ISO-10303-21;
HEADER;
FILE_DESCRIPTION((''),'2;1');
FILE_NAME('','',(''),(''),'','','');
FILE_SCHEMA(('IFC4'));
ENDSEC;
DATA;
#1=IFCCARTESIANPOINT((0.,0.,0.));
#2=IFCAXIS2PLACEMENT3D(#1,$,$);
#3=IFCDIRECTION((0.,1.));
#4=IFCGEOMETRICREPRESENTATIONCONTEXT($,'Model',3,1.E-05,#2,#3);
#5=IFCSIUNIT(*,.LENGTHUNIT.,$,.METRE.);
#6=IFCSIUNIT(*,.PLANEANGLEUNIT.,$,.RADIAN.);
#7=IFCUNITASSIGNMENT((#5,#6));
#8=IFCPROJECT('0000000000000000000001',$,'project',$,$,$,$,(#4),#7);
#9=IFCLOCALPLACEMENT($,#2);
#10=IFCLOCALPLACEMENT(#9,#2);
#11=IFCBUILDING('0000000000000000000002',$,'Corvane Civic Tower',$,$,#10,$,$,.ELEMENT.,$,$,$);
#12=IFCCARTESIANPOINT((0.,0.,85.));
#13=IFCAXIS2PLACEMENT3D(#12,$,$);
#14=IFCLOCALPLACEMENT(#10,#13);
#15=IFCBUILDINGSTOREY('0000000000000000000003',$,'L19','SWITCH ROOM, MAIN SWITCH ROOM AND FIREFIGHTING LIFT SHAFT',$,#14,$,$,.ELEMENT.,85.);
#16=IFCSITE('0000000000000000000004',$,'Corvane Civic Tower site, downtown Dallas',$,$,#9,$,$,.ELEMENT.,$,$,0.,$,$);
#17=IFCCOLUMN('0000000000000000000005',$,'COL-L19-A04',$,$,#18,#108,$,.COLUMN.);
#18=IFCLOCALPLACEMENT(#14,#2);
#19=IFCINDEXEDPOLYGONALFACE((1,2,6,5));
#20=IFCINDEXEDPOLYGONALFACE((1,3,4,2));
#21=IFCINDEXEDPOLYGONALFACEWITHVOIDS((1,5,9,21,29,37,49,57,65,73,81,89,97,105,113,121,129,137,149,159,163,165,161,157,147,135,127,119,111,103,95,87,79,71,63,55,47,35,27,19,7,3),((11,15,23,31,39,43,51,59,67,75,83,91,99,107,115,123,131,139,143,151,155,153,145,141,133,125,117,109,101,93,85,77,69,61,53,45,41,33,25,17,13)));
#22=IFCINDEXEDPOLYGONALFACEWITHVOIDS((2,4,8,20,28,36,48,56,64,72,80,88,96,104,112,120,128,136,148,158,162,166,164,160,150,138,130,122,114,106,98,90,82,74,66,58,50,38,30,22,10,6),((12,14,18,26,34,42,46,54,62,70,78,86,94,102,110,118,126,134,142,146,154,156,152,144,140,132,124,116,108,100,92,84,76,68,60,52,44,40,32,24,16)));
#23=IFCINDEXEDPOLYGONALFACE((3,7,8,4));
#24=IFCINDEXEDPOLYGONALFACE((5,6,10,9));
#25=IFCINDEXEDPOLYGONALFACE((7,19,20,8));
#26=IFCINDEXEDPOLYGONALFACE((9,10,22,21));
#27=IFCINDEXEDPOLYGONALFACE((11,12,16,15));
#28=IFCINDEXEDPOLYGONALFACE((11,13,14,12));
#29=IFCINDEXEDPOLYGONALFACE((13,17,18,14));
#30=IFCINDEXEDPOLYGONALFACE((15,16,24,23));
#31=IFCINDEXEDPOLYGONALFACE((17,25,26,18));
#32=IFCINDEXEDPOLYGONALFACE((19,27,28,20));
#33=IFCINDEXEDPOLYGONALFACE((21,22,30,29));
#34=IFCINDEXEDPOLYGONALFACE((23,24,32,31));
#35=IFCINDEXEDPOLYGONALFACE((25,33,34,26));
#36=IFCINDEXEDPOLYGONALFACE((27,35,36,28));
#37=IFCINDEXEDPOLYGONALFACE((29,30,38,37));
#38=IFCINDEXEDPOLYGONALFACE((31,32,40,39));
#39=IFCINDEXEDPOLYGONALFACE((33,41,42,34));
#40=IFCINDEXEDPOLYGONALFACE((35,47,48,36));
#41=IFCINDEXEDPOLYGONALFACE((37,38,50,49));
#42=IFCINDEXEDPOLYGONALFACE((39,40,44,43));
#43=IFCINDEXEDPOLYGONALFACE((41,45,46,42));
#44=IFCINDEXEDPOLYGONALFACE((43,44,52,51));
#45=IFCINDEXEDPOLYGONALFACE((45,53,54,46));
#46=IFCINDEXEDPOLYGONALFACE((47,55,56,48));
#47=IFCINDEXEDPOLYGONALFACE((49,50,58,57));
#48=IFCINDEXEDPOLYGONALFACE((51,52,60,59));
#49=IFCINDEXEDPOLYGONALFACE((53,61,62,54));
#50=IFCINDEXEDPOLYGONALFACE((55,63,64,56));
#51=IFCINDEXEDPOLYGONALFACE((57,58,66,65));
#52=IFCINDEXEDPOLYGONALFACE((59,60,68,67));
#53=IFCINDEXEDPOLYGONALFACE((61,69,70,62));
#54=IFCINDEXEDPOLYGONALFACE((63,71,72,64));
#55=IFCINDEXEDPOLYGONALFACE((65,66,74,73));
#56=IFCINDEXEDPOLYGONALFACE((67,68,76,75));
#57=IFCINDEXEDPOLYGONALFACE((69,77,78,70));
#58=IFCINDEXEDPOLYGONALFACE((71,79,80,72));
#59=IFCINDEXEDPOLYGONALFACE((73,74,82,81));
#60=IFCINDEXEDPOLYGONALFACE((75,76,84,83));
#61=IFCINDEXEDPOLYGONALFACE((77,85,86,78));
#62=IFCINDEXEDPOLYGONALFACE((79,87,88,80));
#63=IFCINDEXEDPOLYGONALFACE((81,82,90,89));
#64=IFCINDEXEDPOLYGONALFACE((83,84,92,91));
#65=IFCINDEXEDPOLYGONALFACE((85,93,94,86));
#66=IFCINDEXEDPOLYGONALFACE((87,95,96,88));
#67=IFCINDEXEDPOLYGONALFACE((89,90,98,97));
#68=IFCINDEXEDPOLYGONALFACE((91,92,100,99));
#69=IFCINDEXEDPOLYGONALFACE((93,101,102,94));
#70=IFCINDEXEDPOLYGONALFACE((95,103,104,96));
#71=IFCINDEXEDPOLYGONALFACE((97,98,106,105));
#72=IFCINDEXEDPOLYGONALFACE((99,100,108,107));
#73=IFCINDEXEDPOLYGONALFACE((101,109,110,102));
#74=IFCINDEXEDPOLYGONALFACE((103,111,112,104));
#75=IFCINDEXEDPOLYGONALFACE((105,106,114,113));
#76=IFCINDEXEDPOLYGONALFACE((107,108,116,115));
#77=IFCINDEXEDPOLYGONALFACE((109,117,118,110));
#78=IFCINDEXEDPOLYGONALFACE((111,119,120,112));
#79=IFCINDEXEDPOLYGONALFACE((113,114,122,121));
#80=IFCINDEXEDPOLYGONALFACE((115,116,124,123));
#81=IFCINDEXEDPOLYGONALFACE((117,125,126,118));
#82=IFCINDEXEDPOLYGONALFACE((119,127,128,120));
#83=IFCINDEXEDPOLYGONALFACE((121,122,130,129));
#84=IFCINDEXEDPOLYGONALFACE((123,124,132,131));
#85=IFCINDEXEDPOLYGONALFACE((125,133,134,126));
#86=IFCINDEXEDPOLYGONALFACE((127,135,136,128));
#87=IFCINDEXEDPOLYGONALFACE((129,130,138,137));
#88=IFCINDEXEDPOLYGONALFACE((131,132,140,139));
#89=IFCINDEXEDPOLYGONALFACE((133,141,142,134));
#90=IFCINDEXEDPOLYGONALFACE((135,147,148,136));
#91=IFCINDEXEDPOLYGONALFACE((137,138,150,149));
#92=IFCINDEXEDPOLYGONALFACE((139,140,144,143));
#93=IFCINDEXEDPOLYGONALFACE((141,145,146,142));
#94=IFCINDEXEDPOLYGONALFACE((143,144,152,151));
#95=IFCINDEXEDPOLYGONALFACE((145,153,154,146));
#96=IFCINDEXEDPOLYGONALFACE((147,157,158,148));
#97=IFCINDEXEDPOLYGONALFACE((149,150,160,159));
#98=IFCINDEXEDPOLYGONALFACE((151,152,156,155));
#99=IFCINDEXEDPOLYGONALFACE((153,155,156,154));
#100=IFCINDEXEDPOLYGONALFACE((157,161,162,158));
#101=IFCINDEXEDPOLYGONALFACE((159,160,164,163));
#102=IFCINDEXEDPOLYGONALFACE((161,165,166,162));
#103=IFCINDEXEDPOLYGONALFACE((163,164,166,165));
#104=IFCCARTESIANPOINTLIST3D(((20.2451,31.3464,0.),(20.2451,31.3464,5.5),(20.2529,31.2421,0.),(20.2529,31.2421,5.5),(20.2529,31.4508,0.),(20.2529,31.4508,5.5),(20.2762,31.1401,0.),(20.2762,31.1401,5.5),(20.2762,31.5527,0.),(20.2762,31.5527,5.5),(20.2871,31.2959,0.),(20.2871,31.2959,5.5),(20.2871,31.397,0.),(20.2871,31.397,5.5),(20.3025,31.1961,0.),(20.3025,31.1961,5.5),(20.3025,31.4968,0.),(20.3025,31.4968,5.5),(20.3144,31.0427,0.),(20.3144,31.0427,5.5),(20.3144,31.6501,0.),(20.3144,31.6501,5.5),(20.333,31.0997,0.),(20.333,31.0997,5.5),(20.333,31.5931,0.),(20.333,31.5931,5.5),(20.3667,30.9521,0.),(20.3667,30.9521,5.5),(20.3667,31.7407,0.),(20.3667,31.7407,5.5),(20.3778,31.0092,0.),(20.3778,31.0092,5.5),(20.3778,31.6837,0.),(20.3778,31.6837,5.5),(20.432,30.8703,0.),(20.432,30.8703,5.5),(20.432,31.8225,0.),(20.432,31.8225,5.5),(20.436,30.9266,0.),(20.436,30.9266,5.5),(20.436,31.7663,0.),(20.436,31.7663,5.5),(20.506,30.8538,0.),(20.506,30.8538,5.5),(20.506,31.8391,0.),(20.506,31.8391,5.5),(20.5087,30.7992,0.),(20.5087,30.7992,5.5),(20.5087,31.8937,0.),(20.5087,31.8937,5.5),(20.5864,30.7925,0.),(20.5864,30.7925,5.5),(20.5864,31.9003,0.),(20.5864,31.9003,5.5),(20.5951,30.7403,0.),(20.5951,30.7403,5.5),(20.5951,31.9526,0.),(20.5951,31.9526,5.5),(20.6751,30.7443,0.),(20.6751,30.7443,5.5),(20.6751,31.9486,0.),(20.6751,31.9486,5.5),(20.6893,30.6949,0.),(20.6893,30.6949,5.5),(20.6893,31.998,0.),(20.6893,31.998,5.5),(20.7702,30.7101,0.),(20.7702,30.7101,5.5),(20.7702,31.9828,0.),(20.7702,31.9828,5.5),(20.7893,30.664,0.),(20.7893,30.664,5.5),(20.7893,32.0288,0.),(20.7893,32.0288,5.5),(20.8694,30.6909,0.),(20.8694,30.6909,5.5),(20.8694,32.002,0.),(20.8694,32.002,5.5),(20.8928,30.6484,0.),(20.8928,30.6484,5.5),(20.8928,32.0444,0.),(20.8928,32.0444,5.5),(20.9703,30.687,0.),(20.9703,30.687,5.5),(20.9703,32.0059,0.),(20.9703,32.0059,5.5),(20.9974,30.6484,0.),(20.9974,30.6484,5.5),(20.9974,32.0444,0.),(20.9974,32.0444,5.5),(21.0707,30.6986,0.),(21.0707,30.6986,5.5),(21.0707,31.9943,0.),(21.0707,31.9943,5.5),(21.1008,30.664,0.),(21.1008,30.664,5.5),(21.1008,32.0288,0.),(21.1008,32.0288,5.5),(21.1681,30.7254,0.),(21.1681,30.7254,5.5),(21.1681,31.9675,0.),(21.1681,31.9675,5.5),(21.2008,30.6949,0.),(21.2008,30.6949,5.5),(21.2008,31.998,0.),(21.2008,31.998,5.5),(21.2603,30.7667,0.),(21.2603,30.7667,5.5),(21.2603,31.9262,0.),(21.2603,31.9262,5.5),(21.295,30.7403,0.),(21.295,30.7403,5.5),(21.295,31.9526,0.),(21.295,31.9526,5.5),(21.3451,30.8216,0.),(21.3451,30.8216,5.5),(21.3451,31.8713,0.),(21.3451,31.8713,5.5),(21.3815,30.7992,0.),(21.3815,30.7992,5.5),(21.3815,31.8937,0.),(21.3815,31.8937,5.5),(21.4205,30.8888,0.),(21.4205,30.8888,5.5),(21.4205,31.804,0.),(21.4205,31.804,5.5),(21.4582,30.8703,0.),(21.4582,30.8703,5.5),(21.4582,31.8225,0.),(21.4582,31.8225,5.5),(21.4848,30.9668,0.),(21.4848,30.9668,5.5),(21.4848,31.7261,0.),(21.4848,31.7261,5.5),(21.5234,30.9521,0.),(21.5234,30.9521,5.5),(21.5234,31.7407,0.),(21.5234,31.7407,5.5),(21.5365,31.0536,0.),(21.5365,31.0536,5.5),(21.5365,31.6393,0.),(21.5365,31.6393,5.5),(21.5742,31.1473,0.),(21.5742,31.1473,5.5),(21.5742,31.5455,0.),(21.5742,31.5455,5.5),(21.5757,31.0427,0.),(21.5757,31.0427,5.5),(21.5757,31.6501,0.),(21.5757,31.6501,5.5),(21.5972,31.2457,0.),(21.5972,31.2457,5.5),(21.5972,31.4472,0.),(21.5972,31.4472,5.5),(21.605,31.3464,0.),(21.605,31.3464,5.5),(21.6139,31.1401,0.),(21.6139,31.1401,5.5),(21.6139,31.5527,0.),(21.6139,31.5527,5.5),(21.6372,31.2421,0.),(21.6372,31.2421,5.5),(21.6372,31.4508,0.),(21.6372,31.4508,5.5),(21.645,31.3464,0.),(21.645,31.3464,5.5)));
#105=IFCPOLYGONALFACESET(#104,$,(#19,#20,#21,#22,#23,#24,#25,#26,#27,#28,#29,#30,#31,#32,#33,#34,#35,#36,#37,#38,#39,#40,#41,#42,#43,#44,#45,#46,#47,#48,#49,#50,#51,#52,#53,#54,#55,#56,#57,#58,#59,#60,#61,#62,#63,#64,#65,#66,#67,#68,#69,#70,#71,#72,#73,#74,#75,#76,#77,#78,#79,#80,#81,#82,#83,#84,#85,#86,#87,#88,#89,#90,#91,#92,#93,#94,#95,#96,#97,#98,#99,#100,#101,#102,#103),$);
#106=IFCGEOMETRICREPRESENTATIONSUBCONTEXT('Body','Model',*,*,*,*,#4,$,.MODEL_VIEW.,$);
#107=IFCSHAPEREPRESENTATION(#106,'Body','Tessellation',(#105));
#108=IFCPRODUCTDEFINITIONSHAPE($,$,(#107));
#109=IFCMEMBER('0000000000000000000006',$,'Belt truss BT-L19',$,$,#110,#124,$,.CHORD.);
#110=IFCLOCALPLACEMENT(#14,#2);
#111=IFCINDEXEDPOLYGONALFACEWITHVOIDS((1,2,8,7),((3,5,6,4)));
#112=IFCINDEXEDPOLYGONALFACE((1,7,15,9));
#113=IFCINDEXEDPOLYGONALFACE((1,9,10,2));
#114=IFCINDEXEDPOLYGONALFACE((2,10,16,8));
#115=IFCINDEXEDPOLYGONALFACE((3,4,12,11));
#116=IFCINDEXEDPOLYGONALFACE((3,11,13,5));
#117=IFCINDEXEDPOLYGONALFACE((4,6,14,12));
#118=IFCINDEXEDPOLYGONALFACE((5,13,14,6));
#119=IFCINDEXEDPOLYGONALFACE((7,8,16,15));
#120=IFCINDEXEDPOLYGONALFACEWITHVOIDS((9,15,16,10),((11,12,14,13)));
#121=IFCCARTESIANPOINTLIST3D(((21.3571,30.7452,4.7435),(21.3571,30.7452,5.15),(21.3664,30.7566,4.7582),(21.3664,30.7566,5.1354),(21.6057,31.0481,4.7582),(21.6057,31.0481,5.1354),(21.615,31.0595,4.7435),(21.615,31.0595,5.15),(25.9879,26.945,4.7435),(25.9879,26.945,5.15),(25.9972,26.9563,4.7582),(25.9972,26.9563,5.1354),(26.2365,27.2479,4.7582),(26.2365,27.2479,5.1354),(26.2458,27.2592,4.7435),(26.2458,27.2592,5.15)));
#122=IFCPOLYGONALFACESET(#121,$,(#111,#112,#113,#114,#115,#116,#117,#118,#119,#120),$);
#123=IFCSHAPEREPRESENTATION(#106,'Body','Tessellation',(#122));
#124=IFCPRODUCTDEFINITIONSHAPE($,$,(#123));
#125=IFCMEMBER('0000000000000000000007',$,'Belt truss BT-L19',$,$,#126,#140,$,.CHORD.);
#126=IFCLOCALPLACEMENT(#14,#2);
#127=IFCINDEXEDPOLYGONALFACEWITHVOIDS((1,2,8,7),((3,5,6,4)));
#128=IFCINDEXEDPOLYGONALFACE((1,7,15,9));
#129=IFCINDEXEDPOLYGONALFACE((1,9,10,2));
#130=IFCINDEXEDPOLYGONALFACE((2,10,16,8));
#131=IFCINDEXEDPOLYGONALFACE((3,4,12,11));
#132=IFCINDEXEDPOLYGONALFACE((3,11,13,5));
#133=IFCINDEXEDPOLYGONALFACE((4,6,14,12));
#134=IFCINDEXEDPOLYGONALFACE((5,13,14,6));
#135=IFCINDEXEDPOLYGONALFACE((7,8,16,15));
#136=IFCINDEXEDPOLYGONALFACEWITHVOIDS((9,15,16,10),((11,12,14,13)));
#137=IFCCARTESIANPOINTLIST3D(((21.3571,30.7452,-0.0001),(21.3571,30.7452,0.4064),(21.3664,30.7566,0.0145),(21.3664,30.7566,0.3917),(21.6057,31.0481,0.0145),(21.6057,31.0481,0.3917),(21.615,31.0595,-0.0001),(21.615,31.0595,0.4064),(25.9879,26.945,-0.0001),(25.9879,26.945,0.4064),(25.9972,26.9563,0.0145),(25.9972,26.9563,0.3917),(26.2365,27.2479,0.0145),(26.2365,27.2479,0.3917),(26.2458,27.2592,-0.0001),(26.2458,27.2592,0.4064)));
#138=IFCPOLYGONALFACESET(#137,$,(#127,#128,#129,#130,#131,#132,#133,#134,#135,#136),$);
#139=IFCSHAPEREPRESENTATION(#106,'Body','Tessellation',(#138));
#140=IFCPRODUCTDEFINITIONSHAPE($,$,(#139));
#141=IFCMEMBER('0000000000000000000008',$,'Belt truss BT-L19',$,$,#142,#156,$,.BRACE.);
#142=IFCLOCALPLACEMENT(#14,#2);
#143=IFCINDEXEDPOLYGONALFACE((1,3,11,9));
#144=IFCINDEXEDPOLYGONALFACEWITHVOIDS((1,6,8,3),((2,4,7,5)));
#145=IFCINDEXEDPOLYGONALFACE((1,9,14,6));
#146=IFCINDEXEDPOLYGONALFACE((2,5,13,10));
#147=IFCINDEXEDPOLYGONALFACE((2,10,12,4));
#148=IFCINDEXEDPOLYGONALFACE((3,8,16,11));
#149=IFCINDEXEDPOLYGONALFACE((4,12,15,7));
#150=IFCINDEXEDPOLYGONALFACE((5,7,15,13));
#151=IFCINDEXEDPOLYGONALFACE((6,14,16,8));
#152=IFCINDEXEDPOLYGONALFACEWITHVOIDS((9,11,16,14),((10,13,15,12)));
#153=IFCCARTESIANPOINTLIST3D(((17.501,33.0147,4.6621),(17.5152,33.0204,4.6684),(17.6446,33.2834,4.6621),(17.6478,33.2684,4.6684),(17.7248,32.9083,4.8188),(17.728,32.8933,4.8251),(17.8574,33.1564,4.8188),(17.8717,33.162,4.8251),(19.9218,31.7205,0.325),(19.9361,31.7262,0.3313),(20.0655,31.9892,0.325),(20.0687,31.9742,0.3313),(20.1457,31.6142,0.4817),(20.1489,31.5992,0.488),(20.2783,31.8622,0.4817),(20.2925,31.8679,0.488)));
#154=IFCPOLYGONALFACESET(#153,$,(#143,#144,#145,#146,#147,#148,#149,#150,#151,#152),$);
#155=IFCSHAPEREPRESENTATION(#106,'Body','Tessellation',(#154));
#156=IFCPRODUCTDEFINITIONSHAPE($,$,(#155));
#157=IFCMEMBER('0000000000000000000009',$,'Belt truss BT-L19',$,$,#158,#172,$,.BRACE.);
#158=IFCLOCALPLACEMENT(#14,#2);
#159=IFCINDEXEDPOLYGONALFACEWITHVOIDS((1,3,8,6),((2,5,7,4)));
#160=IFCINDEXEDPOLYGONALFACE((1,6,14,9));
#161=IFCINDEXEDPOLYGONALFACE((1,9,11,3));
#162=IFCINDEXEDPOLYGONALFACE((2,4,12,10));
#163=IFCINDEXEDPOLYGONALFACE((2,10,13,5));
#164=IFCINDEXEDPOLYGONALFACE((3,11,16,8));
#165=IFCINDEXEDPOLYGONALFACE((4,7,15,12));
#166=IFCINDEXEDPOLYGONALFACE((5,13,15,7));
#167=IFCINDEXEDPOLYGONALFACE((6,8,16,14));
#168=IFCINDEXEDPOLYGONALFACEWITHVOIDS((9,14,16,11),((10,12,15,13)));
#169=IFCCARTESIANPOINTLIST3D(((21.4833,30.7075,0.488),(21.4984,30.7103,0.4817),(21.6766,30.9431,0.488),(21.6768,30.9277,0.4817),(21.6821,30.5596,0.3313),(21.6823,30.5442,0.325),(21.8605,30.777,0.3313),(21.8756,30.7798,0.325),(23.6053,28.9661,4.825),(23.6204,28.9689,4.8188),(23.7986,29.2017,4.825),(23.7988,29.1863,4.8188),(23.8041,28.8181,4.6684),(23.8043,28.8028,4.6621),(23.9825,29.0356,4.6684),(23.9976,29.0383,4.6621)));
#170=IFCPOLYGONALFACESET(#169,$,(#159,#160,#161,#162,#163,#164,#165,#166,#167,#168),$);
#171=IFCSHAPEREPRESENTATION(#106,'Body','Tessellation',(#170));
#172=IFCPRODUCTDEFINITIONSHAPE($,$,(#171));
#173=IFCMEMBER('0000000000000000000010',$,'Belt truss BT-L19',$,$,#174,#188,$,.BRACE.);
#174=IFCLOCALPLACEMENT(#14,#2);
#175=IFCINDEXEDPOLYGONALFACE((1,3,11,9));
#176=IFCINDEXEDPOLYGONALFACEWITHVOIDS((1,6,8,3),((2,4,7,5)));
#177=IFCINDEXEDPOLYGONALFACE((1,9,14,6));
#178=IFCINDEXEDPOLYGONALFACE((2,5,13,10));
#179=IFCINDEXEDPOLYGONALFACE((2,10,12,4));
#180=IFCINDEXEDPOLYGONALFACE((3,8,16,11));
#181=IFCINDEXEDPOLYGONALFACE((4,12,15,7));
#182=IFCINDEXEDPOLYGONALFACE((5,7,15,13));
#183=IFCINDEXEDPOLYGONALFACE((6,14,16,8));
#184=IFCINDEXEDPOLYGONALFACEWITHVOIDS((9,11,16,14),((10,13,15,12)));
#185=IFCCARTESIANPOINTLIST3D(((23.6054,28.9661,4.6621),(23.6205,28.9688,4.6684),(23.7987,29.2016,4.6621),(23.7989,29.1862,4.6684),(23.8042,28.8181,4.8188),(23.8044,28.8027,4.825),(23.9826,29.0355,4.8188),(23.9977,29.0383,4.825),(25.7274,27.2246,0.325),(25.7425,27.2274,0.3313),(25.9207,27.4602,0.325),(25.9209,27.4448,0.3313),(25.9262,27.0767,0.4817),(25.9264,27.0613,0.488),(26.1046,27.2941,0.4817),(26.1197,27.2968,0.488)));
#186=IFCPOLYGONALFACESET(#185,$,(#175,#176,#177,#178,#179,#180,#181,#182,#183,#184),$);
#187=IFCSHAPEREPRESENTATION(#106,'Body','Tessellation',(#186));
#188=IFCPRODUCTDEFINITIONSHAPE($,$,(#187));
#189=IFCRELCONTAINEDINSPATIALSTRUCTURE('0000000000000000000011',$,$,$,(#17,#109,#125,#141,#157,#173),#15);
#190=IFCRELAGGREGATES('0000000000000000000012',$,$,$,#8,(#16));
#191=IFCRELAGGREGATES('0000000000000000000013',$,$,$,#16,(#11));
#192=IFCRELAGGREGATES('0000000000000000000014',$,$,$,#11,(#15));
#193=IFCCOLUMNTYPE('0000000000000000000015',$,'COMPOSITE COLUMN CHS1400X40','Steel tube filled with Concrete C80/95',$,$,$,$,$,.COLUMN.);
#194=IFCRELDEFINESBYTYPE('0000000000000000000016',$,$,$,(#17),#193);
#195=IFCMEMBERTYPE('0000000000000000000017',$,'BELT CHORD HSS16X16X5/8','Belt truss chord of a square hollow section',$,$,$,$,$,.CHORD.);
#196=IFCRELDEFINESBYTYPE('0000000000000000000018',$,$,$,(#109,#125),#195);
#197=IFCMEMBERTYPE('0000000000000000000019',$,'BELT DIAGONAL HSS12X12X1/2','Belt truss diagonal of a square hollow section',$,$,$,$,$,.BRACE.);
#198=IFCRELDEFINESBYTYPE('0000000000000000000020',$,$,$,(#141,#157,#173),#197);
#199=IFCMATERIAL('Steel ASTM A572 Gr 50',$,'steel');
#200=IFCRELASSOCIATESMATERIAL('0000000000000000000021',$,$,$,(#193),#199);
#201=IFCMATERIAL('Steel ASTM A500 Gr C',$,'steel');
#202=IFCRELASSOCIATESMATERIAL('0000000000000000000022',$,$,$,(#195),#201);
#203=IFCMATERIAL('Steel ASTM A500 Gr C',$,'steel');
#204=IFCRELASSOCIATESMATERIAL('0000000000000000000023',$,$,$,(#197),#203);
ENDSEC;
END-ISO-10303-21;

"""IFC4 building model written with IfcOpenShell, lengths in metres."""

from ifc_helpers import new_model, si_unit, direction, frame, origin, origin_2d, place, context, subcontext, project, spatial, hollow_rectangle, hollow_circle, extrude, material, material_profile, profile_set, type_object, element, save


model = new_model("IFC4")

# Units and contexts
model_context = context("Model", 3, precision=1e-05, world=origin(), true_north=direction((0.0, 1.0)))
body_context = subcontext(model_context, "Body", "Model", "MODEL_VIEW")
ifc_project = project(units=[si_unit("LENGTHUNIT", "METRE"), si_unit("PLANEANGLEUNIT", "RADIAN")], contexts=[model_context])

# Site, building, storey
site_placement = place(None, origin())
site = spatial("IfcSite", under=ifc_project, at=site_placement, Name="Corvane Civic Tower site, downtown Dallas", CompositionType="ELEMENT", RefElevation=0.0)
building_placement = place(site_placement, origin())
building = spatial("IfcBuilding", under=site, at=building_placement, Name="Corvane Civic Tower", CompositionType="ELEMENT")
storey_placement = place(building_placement, frame((0.0, 0.0, 85.0)))
storey = spatial("IfcBuildingStorey", under=building, at=storey_placement, Name="L19", Description="SWITCH ROOM, MAIN SWITCH ROOM AND FIREFIGHTING LIFT SHAFT", CompositionType="ELEMENT", Elevation=85.0)

# Column
ifc_material_1 = material(Name="Steel ASTM A572 Gr 50", Category="steel")
ifc_material_profile_1 = material_profile(ifc_material_1, hollow_circle(Radius=0.7, WallThickness=0.04, at=origin_2d()), Name="CHS1400X40")
ifc_profile_set_1 = profile_set([ifc_material_profile_1], Name="Steel ASTM A572 Gr 50")
column_type_1 = type_object("IfcColumnType", Name="COMPOSITE COLUMN CHS1400X40", Description="Steel tube filled with Concrete C80/95", PredefinedType="COLUMN", material=ifc_profile_set_1)
column_placement = place(storey_placement, frame((20.9451, 31.3464, 0.0), z_axis=(0.0, 0.0, 1.0), x_axis=(1.0, 0.0, 0.0)))
element("IfcColumn", 1, at=column_placement, inside=storey, type_object=column_type_1, Name="COL-L19-A04", PredefinedType="COLUMN", context=body_context, shape_type="SweptSolid", body=[
    extrude(hollow_circle(Radius=0.7, WallThickness=0.04, at=origin_2d()), origin(), (0.0, 0.0, 1.0), 5.5),
])

# Members
ifc_material_2 = material(Name="Steel ASTM A500 Gr C", Category="steel")
ifc_material_profile_2 = material_profile(ifc_material_2, hollow_rectangle(XDim=0.4065, YDim=0.4065, WallThickness=0.0146, at=origin_2d()), Name="HSS16X16X5/8")
ifc_profile_set_2 = profile_set([ifc_material_profile_2], Name="Steel ASTM A500 Gr C")
member_type_1 = type_object("IfcMemberType", Name="BELT CHORD HSS16X16X5/8", Description="Belt truss chord of a square hollow section", PredefinedType="CHORD", material=ifc_profile_set_2)
for number, where, z_axis, x_axis, name in (
    (2, (21.4861, 30.9023, 4.9468), (0.773023, -0.634378, 0.0), (0.634378, 0.773023, 0.0), "Belt truss BT-L19"),
    (3, (21.4861, 30.9023, 0.2031), (0.773023, -0.634378, 0.0), (0.634378, 0.773023, 0.0), "Belt truss BT-L19"),
):
    element("IfcMember", number, at=place(storey_placement, frame(where, z_axis=z_axis, x_axis=x_axis)), inside=storey, type_object=member_type_1, Name=name, PredefinedType="CHORD", context=body_context, shape_type="SweptSolid", body=[
        extrude(hollow_rectangle(XDim=0.4065, YDim=0.4065, WallThickness=0.0146, at=origin_2d()), origin(), (0.0, 0.0, 1.0), 5.9905),
    ])
ifc_material_3 = material(Name="Steel ASTM A500 Gr C", Category="steel")
ifc_material_profile_3 = material_profile(ifc_material_3, hollow_rectangle(XDim=0.3047, YDim=0.3047, WallThickness=0.0117, at=origin_2d()), Name="HSS12X12X1/2")
ifc_profile_set_3 = profile_set([ifc_material_profile_3], Name="Steel ASTM A500 Gr C")
member_type_2 = type_object("IfcMemberType", Name="BELT DIAGONAL HSS12X12X1/2", Description="Belt truss diagonal of a square hollow section", PredefinedType="BRACE", material=ifc_profile_set_3)
for number, where, z_axis, x_axis, name in (
    (4, (20.1072, 31.7942, 0.4065), (-0.471644, 0.252136, 0.844973), (-0.471451, -0.881892, 0.0), "Belt truss BT-L19"),
    (5, (21.6794, 30.7437, 0.4065), (0.413424, -0.339272, 0.84497), (0.634375, 0.773025, 0.0), "Belt truss BT-L19"),
    (6, (25.9236, 27.2607, 0.4065), (-0.413424, 0.339272, 0.84497), (-0.634375, -0.773025, 0.0), "Belt truss BT-L19"),
):
    element("IfcMember", number, at=place(storey_placement, frame(where, z_axis=z_axis, x_axis=x_axis)), inside=storey, type_object=member_type_2, Name=name, PredefinedType="BRACE", context=body_context, shape_type="SweptSolid", body=[
        extrude(hollow_rectangle(XDim=0.3047, YDim=0.3047, WallThickness=0.0117, at=origin_2d()), origin(), (0.0, 0.0, 1.0), 5.1328),
    ])

save(model, "model.ifc")
